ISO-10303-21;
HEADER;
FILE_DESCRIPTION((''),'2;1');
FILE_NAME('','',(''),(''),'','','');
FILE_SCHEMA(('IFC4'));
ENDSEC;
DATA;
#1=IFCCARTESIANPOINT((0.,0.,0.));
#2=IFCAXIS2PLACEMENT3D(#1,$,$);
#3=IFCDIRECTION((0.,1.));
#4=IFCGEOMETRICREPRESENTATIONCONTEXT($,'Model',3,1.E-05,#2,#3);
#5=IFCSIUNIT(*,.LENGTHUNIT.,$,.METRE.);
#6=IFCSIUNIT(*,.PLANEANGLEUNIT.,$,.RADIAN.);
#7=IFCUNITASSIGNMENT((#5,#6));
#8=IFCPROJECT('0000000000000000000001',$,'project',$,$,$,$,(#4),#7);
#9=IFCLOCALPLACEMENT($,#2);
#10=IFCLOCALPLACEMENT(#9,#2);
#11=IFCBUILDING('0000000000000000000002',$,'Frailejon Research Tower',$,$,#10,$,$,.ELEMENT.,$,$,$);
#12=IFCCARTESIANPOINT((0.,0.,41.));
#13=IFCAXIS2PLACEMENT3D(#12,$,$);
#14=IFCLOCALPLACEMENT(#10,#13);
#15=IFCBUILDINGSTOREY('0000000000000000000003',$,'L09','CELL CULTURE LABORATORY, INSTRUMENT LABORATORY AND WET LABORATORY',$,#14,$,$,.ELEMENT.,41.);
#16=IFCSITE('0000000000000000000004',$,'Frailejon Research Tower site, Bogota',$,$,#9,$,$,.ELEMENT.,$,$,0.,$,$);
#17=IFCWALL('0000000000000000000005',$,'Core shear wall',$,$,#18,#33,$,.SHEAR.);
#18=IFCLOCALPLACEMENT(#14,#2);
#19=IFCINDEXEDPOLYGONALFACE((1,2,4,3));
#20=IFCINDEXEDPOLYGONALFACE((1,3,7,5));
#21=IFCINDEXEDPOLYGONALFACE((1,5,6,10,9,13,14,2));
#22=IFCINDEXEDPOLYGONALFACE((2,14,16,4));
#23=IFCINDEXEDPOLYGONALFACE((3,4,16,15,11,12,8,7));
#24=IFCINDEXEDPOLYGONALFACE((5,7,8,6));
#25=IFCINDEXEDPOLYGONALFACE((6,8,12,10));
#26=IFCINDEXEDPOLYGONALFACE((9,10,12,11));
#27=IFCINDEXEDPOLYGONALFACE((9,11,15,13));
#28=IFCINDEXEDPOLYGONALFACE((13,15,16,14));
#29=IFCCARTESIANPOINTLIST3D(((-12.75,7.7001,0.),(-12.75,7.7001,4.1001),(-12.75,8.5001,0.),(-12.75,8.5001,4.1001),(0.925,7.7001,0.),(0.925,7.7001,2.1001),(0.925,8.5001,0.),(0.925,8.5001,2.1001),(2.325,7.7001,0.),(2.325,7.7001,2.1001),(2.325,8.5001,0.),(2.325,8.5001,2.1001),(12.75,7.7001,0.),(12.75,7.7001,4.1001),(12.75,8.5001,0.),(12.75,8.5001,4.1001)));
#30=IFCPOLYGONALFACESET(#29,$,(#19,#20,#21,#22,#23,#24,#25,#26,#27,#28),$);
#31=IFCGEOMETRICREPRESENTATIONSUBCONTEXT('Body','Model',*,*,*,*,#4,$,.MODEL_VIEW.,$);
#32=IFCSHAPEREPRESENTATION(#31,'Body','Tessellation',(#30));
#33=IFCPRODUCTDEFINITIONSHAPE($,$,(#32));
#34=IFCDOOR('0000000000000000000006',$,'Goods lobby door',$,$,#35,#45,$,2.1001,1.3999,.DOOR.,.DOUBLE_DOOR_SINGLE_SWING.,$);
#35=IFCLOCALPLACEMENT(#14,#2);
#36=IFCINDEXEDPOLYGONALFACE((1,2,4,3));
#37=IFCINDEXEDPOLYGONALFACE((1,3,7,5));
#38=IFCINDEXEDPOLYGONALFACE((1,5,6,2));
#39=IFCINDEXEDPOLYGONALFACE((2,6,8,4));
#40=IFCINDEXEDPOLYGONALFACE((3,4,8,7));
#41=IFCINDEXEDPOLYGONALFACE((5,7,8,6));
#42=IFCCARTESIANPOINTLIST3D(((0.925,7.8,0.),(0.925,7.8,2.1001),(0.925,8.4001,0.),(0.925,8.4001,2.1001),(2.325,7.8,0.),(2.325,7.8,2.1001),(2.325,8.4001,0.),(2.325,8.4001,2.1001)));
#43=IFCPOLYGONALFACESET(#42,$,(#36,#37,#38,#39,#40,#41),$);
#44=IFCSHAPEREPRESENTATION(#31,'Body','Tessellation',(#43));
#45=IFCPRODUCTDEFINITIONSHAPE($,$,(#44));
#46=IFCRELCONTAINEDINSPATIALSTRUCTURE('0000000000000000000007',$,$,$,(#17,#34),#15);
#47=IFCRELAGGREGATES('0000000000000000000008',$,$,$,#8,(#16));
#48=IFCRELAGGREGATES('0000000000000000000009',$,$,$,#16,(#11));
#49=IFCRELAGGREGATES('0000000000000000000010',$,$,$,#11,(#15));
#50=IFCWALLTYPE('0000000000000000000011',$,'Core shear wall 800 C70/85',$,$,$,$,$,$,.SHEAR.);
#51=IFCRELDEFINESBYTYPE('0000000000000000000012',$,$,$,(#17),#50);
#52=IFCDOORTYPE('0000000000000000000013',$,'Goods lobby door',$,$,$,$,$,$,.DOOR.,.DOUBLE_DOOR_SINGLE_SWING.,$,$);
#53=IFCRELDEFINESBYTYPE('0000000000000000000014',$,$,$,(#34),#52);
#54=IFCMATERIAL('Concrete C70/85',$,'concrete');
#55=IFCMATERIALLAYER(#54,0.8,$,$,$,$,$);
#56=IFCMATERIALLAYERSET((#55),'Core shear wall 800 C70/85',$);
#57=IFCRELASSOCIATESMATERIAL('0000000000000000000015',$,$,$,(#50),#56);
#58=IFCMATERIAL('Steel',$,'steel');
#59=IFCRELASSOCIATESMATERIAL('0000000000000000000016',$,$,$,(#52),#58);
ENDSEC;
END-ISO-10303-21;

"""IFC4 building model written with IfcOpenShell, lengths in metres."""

from ifc_helpers import new_model, si_unit, direction, frame, frame_2d, origin, place, context, subcontext, project, spatial, rectangle, extrude, material, layer, layer_set, type_object, element, fill, save


model = new_model("IFC4")

# Units and contexts
model_context = context("Model", 3, precision=1e-05, world=origin(), true_north=direction((0.0, 1.0)))
body_context = subcontext(model_context, "Body", "Model", "MODEL_VIEW")
ifc_project = project(units=[si_unit("LENGTHUNIT", "METRE"), si_unit("PLANEANGLEUNIT", "RADIAN")], contexts=[model_context])

# Site, building, storey
site_placement = place(None, origin())
site = spatial("IfcSite", under=ifc_project, at=site_placement, Name="Frailejon Research Tower site, Bogota", CompositionType="ELEMENT", RefElevation=0.0)
building_placement = place(site_placement, origin())
building = spatial("IfcBuilding", under=site, at=building_placement, Name="Frailejon Research Tower", CompositionType="ELEMENT")
storey_placement = place(building_placement, frame((0.0, 0.0, 41.0)))
storey = spatial("IfcBuildingStorey", under=building, at=storey_placement, Name="L09", Description="CELL CULTURE LABORATORY, INSTRUMENT LABORATORY AND WET LABORATORY", CompositionType="ELEMENT", Elevation=41.0)

# Wall, opening, door
ifc_material_1 = material(Name="Concrete C70/85", Category="concrete")
ifc_layer_1 = layer(ifc_material_1, 0.8)
ifc_layer_set_1 = layer_set([ifc_layer_1], Name="Core shear wall 800 C70/85")
wall_type_1 = type_object("IfcWallType", Name="Core shear wall 800 C70/85", PredefinedType="SHEAR", material=ifc_layer_set_1)
wall_1_placement = place(storey_placement, frame((-12.75, 8.1001, 0.0), z_axis=(0.0, 0.0, 1.0), x_axis=(1.0, 0.0, 0.0)))
wall_1 = element("IfcWall", 1, at=wall_1_placement, inside=storey, type_object=wall_type_1, Name="Core shear wall", PredefinedType="SHEAR", context=body_context, shape_type="SweptSolid", body=[
    extrude(rectangle(XDim=25.5, YDim=0.8, at=frame_2d((12.75, 0.0))), origin(), (0.0, 0.0, 1.0), 4.1001),
])
opening_1_placement = place(wall_1_placement, frame((13.675, 0.0, 0.0)))
opening_1 = element("IfcOpeningElement", 2, at=opening_1_placement, cuts=wall_1, PredefinedType="OPENING", context=body_context, shape_type="SweptSolid", body=[
    extrude(rectangle(XDim=1.3999, YDim=2.1001, at=frame_2d((0.7, 1.05))), frame((0.0, 0.4099, 0.0), z_axis=(0.0, -1.0, 0.0), x_axis=(1.0, 0.0, 0.0)), (0.0, 0.0, 1.0), 0.8201),
])
ifc_material_2 = material(Name="Steel", Category="steel")
door_type_1 = type_object("IfcDoorType", Name="Goods lobby door", OperationType="DOUBLE_DOOR_SINGLE_SWING", PredefinedType="DOOR", material=ifc_material_2)
door_1_placement = place(opening_1_placement, origin())
door_1 = element("IfcDoor", 3, at=door_1_placement, inside=storey, type_object=door_type_1, Name="Goods lobby door", OperationType="DOUBLE_DOOR_SINGLE_SWING", OverallHeight=2.1001, OverallWidth=1.3999, PredefinedType="DOOR", context=body_context, shape_type="SweptSolid", body=[
    extrude(rectangle(XDim=1.3999, YDim=2.1001, at=frame_2d((0.7, 1.05))), frame((0.0, 0.3, 0.0), z_axis=(0.0, -1.0, 0.0), x_axis=(1.0, 0.0, 0.0)), (0.0, 0.0, 1.0), 0.6001),
])
fill(opening_1, door_1)

save(model, "model.ifc")
